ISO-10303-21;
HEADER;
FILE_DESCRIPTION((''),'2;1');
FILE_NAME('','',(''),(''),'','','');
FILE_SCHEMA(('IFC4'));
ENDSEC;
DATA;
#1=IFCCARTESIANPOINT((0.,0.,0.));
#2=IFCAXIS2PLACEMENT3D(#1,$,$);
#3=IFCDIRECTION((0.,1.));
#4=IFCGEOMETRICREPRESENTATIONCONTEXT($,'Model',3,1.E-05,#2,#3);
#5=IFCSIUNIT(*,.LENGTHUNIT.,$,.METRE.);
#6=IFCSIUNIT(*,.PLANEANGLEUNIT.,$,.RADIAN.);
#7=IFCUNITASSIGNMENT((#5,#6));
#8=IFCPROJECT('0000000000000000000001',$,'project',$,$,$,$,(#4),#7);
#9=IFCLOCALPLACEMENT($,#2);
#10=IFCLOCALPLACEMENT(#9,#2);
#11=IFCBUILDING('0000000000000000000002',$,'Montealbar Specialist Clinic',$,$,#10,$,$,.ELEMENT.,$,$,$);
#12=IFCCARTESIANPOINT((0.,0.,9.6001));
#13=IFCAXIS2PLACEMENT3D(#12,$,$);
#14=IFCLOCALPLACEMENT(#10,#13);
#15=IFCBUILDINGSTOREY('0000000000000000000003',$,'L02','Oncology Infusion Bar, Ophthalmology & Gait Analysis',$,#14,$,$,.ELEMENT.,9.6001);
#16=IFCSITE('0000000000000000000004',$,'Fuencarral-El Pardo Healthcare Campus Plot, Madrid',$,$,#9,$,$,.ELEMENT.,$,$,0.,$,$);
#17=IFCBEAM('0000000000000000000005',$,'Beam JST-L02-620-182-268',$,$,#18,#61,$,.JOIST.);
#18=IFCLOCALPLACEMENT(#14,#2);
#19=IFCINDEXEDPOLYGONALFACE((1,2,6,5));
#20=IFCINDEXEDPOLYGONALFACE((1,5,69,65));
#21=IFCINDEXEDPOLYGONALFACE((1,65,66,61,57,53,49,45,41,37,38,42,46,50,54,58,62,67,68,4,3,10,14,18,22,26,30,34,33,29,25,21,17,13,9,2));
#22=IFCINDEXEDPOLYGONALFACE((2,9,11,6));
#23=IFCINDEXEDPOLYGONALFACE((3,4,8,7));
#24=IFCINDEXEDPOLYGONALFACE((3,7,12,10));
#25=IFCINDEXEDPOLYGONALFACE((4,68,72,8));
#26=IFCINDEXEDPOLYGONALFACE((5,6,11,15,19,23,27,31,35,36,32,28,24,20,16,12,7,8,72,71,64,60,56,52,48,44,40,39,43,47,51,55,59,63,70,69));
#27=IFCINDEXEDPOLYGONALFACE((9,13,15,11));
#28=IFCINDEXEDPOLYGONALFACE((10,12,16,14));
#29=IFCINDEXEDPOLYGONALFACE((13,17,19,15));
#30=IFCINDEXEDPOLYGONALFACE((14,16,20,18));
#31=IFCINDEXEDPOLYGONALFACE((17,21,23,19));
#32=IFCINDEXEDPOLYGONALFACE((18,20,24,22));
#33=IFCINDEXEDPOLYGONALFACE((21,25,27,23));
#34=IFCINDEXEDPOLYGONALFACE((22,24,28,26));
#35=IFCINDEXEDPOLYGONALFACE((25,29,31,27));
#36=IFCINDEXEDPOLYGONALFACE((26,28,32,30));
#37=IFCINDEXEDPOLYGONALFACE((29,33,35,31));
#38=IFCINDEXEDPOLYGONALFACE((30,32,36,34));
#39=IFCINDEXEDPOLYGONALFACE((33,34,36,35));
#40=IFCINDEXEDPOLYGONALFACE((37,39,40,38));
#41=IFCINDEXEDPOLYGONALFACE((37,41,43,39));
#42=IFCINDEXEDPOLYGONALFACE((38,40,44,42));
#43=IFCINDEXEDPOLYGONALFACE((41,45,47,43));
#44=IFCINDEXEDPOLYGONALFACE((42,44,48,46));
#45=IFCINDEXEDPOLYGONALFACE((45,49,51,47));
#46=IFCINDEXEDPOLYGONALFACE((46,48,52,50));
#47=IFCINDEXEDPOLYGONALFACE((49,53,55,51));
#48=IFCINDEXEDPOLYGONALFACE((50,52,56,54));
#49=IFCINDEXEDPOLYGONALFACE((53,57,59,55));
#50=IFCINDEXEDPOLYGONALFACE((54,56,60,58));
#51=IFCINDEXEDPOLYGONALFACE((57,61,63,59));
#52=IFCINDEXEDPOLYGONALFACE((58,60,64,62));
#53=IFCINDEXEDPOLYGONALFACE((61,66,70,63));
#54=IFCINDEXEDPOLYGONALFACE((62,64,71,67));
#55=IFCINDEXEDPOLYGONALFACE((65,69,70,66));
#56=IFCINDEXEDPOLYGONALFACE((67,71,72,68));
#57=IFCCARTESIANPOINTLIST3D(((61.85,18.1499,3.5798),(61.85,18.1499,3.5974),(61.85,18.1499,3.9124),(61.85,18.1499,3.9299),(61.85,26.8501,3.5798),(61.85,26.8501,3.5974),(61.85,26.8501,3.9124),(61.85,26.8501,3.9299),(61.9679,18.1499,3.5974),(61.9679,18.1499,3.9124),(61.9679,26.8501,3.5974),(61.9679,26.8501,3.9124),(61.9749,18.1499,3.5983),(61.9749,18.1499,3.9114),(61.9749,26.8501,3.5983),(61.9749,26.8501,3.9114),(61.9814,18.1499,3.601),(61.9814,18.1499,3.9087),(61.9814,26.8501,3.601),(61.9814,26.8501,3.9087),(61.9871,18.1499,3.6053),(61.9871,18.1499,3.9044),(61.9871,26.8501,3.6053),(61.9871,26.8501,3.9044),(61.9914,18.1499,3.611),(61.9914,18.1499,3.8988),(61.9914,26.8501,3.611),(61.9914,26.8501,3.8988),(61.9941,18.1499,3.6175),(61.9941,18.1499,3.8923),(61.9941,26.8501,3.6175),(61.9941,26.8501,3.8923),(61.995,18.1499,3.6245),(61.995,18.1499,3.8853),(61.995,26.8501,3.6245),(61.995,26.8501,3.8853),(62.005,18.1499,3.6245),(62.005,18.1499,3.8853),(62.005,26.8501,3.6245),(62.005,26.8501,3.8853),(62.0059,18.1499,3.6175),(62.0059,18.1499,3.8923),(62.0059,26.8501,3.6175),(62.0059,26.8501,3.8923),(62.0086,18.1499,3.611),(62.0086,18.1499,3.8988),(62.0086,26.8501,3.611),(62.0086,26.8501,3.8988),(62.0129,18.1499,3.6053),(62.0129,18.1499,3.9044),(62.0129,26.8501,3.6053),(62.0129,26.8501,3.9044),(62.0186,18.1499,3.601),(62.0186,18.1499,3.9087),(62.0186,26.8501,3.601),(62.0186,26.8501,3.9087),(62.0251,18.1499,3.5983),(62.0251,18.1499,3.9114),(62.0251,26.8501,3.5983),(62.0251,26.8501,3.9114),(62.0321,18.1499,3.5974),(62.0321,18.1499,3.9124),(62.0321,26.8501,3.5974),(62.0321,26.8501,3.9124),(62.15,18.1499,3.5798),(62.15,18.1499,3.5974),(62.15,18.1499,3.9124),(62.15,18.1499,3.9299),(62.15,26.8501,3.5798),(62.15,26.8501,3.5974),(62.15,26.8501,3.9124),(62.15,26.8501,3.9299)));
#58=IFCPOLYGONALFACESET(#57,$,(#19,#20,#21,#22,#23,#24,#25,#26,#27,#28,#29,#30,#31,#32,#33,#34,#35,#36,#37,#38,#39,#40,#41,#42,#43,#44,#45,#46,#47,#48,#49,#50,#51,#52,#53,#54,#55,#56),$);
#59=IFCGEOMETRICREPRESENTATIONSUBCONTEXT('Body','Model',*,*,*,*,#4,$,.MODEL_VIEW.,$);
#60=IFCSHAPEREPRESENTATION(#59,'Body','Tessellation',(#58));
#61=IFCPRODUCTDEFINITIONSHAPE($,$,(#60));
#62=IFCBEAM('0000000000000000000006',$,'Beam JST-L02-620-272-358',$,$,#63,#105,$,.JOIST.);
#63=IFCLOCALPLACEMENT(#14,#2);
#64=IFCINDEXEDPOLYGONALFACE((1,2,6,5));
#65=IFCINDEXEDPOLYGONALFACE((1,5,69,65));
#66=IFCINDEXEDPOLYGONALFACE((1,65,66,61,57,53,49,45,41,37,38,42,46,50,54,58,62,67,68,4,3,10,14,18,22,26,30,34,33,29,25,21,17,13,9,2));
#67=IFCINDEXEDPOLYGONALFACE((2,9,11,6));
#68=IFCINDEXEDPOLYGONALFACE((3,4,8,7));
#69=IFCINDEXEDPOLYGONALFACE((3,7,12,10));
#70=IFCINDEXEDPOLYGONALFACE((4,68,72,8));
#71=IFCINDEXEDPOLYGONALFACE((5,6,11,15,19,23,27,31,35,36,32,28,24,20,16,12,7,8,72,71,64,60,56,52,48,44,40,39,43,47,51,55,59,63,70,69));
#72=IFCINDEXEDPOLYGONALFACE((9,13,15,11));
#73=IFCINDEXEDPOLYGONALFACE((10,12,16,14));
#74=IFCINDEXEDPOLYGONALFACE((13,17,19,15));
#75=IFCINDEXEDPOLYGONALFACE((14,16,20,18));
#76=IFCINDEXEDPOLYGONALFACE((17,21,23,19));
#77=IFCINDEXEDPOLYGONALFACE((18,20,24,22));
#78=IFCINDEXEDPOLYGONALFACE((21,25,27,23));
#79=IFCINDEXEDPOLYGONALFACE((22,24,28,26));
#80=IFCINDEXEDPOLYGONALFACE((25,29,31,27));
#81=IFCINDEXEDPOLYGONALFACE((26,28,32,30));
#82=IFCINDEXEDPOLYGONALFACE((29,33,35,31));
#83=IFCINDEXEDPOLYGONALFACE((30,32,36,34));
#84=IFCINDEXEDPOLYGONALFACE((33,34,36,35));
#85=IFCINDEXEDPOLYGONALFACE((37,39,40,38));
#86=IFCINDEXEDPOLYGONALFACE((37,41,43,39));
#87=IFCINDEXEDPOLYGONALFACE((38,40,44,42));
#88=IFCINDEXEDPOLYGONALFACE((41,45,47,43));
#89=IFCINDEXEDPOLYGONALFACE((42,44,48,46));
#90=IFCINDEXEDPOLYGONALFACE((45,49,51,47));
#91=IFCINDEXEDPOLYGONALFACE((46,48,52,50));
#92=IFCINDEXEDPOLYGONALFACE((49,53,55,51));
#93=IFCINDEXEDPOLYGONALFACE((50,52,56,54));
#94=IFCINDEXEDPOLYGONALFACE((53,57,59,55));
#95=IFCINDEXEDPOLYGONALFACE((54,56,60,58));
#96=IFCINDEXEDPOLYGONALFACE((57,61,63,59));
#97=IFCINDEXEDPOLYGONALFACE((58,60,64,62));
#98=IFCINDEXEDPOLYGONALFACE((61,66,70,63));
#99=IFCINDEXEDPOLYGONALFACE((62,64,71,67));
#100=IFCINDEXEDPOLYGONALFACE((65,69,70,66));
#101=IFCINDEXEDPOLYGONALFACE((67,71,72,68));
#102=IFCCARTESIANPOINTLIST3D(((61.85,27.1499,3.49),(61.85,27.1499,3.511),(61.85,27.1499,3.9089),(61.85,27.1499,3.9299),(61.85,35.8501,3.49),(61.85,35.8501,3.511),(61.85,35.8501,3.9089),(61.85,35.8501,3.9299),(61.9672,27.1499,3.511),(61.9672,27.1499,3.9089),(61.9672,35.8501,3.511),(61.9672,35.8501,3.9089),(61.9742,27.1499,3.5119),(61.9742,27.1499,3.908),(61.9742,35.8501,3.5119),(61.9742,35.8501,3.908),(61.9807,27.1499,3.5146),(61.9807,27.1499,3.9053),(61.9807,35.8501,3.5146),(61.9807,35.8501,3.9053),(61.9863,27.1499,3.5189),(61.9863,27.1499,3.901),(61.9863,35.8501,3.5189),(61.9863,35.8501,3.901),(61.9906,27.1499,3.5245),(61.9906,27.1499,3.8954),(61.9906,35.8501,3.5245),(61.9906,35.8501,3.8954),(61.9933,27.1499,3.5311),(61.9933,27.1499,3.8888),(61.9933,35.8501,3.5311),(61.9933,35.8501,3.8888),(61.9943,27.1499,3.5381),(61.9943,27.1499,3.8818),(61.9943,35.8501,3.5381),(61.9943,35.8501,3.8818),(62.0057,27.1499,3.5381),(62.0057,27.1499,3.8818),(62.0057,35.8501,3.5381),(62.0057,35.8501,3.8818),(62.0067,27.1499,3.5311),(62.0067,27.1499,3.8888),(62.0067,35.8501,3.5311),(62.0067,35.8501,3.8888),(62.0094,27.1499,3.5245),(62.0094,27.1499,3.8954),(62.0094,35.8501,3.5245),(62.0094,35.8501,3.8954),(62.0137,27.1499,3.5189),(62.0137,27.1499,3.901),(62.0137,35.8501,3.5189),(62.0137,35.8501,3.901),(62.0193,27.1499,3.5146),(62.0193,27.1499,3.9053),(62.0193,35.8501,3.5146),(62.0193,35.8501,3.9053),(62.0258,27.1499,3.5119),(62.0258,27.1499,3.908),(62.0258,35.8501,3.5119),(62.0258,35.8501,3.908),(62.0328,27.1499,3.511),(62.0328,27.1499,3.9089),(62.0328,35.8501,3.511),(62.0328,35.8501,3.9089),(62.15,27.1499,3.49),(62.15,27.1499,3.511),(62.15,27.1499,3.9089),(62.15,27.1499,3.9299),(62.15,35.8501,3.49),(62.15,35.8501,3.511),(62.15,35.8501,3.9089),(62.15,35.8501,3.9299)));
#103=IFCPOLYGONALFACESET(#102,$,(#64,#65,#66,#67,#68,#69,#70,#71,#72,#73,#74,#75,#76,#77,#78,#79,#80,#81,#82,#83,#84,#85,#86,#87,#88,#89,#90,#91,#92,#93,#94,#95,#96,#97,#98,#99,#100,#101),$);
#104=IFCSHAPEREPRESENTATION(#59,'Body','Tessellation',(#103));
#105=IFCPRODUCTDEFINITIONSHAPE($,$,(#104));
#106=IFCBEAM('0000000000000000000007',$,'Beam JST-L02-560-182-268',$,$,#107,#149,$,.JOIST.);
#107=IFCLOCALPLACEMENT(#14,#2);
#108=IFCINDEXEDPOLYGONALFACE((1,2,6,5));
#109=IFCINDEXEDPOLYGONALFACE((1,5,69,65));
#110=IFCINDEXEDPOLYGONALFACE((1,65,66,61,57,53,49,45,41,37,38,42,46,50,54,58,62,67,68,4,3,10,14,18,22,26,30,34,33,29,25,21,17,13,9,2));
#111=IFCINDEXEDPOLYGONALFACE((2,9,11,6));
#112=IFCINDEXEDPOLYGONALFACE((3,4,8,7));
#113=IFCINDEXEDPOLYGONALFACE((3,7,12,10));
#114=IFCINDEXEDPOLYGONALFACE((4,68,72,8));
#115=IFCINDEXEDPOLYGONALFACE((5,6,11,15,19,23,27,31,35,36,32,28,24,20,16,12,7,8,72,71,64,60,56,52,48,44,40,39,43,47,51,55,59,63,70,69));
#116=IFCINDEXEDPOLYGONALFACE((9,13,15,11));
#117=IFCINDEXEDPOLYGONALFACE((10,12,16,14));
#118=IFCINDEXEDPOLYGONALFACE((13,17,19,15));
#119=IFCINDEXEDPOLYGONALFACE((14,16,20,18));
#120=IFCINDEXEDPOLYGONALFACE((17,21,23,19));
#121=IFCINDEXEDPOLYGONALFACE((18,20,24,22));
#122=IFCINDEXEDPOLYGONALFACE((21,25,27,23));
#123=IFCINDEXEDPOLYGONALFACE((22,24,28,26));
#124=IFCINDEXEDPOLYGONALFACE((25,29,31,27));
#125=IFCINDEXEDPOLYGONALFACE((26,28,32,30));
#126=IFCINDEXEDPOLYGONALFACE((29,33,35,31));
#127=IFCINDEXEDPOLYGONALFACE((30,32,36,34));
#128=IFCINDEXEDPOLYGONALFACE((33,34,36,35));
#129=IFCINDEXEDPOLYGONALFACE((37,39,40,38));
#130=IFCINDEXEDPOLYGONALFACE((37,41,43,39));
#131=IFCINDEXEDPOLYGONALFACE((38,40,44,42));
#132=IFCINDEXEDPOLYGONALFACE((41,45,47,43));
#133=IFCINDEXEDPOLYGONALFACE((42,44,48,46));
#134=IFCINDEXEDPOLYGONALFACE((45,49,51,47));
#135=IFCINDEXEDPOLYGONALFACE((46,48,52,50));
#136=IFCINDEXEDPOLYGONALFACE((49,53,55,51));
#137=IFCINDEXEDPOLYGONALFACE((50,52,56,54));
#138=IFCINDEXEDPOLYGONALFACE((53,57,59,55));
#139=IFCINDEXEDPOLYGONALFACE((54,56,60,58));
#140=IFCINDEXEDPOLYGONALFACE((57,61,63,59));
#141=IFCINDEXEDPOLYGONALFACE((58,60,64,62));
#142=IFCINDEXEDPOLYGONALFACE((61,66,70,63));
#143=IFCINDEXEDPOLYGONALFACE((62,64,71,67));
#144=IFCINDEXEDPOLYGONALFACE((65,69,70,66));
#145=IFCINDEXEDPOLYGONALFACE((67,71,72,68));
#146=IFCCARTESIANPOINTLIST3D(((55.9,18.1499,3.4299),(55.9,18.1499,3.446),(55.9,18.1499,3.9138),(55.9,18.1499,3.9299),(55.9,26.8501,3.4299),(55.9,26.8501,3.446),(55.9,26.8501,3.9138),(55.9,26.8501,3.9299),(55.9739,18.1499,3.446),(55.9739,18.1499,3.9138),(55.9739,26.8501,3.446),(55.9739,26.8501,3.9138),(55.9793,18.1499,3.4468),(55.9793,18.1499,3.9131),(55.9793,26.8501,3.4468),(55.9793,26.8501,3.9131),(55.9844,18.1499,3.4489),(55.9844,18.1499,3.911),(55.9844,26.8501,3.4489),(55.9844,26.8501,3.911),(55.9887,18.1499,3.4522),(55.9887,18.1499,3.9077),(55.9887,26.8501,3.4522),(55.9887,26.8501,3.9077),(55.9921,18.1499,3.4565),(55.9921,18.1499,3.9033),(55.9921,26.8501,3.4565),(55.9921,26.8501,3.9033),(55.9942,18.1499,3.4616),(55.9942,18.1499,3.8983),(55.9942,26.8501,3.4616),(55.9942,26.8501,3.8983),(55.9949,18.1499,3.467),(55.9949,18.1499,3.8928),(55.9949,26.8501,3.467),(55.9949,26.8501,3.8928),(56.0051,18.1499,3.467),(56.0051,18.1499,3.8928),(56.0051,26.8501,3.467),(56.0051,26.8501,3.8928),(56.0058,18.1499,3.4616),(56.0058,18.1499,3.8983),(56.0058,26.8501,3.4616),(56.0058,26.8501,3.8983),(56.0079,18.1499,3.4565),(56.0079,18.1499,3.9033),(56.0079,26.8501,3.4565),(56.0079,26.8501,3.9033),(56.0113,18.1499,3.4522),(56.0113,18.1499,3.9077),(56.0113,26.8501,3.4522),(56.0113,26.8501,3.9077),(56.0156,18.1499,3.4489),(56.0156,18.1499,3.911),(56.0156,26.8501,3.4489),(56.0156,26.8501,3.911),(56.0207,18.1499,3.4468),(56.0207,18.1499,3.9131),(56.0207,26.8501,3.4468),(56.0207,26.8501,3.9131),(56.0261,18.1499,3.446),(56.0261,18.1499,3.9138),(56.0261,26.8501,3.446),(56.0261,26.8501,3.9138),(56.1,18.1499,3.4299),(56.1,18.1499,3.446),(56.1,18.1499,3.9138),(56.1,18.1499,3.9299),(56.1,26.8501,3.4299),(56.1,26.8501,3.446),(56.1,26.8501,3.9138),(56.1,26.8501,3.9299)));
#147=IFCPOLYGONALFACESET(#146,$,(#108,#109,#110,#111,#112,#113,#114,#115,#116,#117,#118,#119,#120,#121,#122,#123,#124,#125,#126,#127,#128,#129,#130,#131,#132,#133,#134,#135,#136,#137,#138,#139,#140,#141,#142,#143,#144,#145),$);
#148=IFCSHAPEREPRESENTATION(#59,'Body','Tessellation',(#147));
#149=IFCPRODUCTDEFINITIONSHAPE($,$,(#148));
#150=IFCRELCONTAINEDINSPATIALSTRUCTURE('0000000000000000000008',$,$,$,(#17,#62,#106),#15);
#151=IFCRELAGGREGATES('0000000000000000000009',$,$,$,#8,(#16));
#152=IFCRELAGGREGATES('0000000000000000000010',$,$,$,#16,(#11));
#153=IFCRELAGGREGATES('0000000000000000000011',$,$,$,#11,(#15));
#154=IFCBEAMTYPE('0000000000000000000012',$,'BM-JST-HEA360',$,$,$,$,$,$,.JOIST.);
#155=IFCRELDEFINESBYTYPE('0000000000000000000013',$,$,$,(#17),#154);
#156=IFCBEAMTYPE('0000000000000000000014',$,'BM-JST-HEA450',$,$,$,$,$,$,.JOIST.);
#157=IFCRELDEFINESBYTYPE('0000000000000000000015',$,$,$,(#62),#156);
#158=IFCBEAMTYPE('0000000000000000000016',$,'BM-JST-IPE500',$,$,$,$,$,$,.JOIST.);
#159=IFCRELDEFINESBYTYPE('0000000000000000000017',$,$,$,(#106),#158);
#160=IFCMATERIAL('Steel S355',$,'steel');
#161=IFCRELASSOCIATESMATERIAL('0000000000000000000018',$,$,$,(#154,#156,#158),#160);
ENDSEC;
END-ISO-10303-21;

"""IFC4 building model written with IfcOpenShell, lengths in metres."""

from ifc_helpers import new_model, si_unit, direction, frame, origin, origin_2d, place, context, subcontext, project, spatial, i_section, extrude, material, material_profile, profile_set, type_object, element, save


model = new_model("IFC4")

# Units and contexts
model_context = context("Model", 3, precision=1e-05, world=origin(), true_north=direction((0.0, 1.0)))
body_context = subcontext(model_context, "Body", "Model", "MODEL_VIEW")
ifc_project = project(units=[si_unit("LENGTHUNIT", "METRE"), si_unit("PLANEANGLEUNIT", "RADIAN")], contexts=[model_context])

# Site, building, storey
site_placement = place(None, origin())
site = spatial("IfcSite", under=ifc_project, at=site_placement, Name="Fuencarral-El Pardo Healthcare Campus Plot, Madrid", CompositionType="ELEMENT", RefElevation=0.0)
building_placement = place(site_placement, origin())
building = spatial("IfcBuilding", under=site, at=building_placement, Name="Montealbar Specialist Clinic", CompositionType="ELEMENT")
storey_placement = place(building_placement, frame((0.0, 0.0, 9.6001)))
storey = spatial("IfcBuildingStorey", under=building, at=storey_placement, Name="L02", Description="Oncology Infusion Bar, Ophthalmology & Gait Analysis", CompositionType="ELEMENT", Elevation=9.6001)

# Beams
ifc_material_1 = material(Name="Steel S355", Category="steel")
ifc_material_profile_1 = material_profile(ifc_material_1, i_section(OverallWidth=0.3, OverallDepth=0.3501, WebThickness=0.01, FlangeThickness=0.0176, FilletRadius=0.0271, at=origin_2d()), Name="HEA 360", Category="steel")
ifc_profile_set_1 = profile_set([ifc_material_profile_1], Name="Steel S355")
beam_type_1 = type_object("IfcBeamType", Name="BM-JST-HEA360", PredefinedType="JOIST", material=ifc_profile_set_1)
beam_1_placement = place(storey_placement, frame((62.0, 18.1499, 3.7549), z_axis=(0.0, 1.0, 0.0), x_axis=(-1.0, 0.0, 0.0)))
element("IfcBeam", 1, at=beam_1_placement, inside=storey, type_object=beam_type_1, Name="Beam JST-L02-620-182-268", PredefinedType="JOIST", context=body_context, shape_type="SweptSolid", body=[
    extrude(i_section(OverallWidth=0.3, OverallDepth=0.3501, WebThickness=0.01, FlangeThickness=0.0176, FilletRadius=0.0271, at=origin_2d()), origin(), (0.0, 0.0, 1.0), 8.7002),
])
ifc_material_profile_2 = material_profile(ifc_material_1, i_section(OverallWidth=0.3, OverallDepth=0.4399, WebThickness=0.0115, FlangeThickness=0.021, FilletRadius=0.0271, at=origin_2d()), Name="HEA 450", Category="steel")
ifc_profile_set_2 = profile_set([ifc_material_profile_2], Name="Steel S355")
beam_type_2 = type_object("IfcBeamType", Name="BM-JST-HEA450", PredefinedType="JOIST", material=ifc_profile_set_2)
beam_2_placement = place(storey_placement, frame((62.0, 27.1499, 3.71), z_axis=(0.0, 1.0, 0.0), x_axis=(-1.0, 0.0, 0.0)))
element("IfcBeam", 2, at=beam_2_placement, inside=storey, type_object=beam_type_2, Name="Beam JST-L02-620-272-358", PredefinedType="JOIST", context=body_context, shape_type="SweptSolid", body=[
    extrude(i_section(OverallWidth=0.3, OverallDepth=0.4399, WebThickness=0.0115, FlangeThickness=0.021, FilletRadius=0.0271, at=origin_2d()), origin(), (0.0, 0.0, 1.0), 8.7002),
])
ifc_material_profile_3 = material_profile(ifc_material_1, i_section(OverallWidth=0.2, OverallDepth=0.5, WebThickness=0.0103, FlangeThickness=0.0161, FilletRadius=0.021, at=origin_2d()), Name="IPE 500", Category="steel")
ifc_profile_set_3 = profile_set([ifc_material_profile_3], Name="Steel S355")
beam_type_3 = type_object("IfcBeamType", Name="BM-JST-IPE500", PredefinedType="JOIST", material=ifc_profile_set_3)
beam_3_placement = place(storey_placement, frame((56.0, 18.1499, 3.6799), z_axis=(0.0, 1.0, 0.0), x_axis=(-1.0, 0.0, 0.0)))
element("IfcBeam", 3, at=beam_3_placement, inside=storey, type_object=beam_type_3, Name="Beam JST-L02-560-182-268", PredefinedType="JOIST", context=body_context, shape_type="SweptSolid", body=[
    extrude(i_section(OverallWidth=0.2, OverallDepth=0.5, WebThickness=0.0103, FlangeThickness=0.0161, FilletRadius=0.021, at=origin_2d()), origin(), (0.0, 0.0, 1.0), 8.7002),
])

save(model, "model.ifc")
